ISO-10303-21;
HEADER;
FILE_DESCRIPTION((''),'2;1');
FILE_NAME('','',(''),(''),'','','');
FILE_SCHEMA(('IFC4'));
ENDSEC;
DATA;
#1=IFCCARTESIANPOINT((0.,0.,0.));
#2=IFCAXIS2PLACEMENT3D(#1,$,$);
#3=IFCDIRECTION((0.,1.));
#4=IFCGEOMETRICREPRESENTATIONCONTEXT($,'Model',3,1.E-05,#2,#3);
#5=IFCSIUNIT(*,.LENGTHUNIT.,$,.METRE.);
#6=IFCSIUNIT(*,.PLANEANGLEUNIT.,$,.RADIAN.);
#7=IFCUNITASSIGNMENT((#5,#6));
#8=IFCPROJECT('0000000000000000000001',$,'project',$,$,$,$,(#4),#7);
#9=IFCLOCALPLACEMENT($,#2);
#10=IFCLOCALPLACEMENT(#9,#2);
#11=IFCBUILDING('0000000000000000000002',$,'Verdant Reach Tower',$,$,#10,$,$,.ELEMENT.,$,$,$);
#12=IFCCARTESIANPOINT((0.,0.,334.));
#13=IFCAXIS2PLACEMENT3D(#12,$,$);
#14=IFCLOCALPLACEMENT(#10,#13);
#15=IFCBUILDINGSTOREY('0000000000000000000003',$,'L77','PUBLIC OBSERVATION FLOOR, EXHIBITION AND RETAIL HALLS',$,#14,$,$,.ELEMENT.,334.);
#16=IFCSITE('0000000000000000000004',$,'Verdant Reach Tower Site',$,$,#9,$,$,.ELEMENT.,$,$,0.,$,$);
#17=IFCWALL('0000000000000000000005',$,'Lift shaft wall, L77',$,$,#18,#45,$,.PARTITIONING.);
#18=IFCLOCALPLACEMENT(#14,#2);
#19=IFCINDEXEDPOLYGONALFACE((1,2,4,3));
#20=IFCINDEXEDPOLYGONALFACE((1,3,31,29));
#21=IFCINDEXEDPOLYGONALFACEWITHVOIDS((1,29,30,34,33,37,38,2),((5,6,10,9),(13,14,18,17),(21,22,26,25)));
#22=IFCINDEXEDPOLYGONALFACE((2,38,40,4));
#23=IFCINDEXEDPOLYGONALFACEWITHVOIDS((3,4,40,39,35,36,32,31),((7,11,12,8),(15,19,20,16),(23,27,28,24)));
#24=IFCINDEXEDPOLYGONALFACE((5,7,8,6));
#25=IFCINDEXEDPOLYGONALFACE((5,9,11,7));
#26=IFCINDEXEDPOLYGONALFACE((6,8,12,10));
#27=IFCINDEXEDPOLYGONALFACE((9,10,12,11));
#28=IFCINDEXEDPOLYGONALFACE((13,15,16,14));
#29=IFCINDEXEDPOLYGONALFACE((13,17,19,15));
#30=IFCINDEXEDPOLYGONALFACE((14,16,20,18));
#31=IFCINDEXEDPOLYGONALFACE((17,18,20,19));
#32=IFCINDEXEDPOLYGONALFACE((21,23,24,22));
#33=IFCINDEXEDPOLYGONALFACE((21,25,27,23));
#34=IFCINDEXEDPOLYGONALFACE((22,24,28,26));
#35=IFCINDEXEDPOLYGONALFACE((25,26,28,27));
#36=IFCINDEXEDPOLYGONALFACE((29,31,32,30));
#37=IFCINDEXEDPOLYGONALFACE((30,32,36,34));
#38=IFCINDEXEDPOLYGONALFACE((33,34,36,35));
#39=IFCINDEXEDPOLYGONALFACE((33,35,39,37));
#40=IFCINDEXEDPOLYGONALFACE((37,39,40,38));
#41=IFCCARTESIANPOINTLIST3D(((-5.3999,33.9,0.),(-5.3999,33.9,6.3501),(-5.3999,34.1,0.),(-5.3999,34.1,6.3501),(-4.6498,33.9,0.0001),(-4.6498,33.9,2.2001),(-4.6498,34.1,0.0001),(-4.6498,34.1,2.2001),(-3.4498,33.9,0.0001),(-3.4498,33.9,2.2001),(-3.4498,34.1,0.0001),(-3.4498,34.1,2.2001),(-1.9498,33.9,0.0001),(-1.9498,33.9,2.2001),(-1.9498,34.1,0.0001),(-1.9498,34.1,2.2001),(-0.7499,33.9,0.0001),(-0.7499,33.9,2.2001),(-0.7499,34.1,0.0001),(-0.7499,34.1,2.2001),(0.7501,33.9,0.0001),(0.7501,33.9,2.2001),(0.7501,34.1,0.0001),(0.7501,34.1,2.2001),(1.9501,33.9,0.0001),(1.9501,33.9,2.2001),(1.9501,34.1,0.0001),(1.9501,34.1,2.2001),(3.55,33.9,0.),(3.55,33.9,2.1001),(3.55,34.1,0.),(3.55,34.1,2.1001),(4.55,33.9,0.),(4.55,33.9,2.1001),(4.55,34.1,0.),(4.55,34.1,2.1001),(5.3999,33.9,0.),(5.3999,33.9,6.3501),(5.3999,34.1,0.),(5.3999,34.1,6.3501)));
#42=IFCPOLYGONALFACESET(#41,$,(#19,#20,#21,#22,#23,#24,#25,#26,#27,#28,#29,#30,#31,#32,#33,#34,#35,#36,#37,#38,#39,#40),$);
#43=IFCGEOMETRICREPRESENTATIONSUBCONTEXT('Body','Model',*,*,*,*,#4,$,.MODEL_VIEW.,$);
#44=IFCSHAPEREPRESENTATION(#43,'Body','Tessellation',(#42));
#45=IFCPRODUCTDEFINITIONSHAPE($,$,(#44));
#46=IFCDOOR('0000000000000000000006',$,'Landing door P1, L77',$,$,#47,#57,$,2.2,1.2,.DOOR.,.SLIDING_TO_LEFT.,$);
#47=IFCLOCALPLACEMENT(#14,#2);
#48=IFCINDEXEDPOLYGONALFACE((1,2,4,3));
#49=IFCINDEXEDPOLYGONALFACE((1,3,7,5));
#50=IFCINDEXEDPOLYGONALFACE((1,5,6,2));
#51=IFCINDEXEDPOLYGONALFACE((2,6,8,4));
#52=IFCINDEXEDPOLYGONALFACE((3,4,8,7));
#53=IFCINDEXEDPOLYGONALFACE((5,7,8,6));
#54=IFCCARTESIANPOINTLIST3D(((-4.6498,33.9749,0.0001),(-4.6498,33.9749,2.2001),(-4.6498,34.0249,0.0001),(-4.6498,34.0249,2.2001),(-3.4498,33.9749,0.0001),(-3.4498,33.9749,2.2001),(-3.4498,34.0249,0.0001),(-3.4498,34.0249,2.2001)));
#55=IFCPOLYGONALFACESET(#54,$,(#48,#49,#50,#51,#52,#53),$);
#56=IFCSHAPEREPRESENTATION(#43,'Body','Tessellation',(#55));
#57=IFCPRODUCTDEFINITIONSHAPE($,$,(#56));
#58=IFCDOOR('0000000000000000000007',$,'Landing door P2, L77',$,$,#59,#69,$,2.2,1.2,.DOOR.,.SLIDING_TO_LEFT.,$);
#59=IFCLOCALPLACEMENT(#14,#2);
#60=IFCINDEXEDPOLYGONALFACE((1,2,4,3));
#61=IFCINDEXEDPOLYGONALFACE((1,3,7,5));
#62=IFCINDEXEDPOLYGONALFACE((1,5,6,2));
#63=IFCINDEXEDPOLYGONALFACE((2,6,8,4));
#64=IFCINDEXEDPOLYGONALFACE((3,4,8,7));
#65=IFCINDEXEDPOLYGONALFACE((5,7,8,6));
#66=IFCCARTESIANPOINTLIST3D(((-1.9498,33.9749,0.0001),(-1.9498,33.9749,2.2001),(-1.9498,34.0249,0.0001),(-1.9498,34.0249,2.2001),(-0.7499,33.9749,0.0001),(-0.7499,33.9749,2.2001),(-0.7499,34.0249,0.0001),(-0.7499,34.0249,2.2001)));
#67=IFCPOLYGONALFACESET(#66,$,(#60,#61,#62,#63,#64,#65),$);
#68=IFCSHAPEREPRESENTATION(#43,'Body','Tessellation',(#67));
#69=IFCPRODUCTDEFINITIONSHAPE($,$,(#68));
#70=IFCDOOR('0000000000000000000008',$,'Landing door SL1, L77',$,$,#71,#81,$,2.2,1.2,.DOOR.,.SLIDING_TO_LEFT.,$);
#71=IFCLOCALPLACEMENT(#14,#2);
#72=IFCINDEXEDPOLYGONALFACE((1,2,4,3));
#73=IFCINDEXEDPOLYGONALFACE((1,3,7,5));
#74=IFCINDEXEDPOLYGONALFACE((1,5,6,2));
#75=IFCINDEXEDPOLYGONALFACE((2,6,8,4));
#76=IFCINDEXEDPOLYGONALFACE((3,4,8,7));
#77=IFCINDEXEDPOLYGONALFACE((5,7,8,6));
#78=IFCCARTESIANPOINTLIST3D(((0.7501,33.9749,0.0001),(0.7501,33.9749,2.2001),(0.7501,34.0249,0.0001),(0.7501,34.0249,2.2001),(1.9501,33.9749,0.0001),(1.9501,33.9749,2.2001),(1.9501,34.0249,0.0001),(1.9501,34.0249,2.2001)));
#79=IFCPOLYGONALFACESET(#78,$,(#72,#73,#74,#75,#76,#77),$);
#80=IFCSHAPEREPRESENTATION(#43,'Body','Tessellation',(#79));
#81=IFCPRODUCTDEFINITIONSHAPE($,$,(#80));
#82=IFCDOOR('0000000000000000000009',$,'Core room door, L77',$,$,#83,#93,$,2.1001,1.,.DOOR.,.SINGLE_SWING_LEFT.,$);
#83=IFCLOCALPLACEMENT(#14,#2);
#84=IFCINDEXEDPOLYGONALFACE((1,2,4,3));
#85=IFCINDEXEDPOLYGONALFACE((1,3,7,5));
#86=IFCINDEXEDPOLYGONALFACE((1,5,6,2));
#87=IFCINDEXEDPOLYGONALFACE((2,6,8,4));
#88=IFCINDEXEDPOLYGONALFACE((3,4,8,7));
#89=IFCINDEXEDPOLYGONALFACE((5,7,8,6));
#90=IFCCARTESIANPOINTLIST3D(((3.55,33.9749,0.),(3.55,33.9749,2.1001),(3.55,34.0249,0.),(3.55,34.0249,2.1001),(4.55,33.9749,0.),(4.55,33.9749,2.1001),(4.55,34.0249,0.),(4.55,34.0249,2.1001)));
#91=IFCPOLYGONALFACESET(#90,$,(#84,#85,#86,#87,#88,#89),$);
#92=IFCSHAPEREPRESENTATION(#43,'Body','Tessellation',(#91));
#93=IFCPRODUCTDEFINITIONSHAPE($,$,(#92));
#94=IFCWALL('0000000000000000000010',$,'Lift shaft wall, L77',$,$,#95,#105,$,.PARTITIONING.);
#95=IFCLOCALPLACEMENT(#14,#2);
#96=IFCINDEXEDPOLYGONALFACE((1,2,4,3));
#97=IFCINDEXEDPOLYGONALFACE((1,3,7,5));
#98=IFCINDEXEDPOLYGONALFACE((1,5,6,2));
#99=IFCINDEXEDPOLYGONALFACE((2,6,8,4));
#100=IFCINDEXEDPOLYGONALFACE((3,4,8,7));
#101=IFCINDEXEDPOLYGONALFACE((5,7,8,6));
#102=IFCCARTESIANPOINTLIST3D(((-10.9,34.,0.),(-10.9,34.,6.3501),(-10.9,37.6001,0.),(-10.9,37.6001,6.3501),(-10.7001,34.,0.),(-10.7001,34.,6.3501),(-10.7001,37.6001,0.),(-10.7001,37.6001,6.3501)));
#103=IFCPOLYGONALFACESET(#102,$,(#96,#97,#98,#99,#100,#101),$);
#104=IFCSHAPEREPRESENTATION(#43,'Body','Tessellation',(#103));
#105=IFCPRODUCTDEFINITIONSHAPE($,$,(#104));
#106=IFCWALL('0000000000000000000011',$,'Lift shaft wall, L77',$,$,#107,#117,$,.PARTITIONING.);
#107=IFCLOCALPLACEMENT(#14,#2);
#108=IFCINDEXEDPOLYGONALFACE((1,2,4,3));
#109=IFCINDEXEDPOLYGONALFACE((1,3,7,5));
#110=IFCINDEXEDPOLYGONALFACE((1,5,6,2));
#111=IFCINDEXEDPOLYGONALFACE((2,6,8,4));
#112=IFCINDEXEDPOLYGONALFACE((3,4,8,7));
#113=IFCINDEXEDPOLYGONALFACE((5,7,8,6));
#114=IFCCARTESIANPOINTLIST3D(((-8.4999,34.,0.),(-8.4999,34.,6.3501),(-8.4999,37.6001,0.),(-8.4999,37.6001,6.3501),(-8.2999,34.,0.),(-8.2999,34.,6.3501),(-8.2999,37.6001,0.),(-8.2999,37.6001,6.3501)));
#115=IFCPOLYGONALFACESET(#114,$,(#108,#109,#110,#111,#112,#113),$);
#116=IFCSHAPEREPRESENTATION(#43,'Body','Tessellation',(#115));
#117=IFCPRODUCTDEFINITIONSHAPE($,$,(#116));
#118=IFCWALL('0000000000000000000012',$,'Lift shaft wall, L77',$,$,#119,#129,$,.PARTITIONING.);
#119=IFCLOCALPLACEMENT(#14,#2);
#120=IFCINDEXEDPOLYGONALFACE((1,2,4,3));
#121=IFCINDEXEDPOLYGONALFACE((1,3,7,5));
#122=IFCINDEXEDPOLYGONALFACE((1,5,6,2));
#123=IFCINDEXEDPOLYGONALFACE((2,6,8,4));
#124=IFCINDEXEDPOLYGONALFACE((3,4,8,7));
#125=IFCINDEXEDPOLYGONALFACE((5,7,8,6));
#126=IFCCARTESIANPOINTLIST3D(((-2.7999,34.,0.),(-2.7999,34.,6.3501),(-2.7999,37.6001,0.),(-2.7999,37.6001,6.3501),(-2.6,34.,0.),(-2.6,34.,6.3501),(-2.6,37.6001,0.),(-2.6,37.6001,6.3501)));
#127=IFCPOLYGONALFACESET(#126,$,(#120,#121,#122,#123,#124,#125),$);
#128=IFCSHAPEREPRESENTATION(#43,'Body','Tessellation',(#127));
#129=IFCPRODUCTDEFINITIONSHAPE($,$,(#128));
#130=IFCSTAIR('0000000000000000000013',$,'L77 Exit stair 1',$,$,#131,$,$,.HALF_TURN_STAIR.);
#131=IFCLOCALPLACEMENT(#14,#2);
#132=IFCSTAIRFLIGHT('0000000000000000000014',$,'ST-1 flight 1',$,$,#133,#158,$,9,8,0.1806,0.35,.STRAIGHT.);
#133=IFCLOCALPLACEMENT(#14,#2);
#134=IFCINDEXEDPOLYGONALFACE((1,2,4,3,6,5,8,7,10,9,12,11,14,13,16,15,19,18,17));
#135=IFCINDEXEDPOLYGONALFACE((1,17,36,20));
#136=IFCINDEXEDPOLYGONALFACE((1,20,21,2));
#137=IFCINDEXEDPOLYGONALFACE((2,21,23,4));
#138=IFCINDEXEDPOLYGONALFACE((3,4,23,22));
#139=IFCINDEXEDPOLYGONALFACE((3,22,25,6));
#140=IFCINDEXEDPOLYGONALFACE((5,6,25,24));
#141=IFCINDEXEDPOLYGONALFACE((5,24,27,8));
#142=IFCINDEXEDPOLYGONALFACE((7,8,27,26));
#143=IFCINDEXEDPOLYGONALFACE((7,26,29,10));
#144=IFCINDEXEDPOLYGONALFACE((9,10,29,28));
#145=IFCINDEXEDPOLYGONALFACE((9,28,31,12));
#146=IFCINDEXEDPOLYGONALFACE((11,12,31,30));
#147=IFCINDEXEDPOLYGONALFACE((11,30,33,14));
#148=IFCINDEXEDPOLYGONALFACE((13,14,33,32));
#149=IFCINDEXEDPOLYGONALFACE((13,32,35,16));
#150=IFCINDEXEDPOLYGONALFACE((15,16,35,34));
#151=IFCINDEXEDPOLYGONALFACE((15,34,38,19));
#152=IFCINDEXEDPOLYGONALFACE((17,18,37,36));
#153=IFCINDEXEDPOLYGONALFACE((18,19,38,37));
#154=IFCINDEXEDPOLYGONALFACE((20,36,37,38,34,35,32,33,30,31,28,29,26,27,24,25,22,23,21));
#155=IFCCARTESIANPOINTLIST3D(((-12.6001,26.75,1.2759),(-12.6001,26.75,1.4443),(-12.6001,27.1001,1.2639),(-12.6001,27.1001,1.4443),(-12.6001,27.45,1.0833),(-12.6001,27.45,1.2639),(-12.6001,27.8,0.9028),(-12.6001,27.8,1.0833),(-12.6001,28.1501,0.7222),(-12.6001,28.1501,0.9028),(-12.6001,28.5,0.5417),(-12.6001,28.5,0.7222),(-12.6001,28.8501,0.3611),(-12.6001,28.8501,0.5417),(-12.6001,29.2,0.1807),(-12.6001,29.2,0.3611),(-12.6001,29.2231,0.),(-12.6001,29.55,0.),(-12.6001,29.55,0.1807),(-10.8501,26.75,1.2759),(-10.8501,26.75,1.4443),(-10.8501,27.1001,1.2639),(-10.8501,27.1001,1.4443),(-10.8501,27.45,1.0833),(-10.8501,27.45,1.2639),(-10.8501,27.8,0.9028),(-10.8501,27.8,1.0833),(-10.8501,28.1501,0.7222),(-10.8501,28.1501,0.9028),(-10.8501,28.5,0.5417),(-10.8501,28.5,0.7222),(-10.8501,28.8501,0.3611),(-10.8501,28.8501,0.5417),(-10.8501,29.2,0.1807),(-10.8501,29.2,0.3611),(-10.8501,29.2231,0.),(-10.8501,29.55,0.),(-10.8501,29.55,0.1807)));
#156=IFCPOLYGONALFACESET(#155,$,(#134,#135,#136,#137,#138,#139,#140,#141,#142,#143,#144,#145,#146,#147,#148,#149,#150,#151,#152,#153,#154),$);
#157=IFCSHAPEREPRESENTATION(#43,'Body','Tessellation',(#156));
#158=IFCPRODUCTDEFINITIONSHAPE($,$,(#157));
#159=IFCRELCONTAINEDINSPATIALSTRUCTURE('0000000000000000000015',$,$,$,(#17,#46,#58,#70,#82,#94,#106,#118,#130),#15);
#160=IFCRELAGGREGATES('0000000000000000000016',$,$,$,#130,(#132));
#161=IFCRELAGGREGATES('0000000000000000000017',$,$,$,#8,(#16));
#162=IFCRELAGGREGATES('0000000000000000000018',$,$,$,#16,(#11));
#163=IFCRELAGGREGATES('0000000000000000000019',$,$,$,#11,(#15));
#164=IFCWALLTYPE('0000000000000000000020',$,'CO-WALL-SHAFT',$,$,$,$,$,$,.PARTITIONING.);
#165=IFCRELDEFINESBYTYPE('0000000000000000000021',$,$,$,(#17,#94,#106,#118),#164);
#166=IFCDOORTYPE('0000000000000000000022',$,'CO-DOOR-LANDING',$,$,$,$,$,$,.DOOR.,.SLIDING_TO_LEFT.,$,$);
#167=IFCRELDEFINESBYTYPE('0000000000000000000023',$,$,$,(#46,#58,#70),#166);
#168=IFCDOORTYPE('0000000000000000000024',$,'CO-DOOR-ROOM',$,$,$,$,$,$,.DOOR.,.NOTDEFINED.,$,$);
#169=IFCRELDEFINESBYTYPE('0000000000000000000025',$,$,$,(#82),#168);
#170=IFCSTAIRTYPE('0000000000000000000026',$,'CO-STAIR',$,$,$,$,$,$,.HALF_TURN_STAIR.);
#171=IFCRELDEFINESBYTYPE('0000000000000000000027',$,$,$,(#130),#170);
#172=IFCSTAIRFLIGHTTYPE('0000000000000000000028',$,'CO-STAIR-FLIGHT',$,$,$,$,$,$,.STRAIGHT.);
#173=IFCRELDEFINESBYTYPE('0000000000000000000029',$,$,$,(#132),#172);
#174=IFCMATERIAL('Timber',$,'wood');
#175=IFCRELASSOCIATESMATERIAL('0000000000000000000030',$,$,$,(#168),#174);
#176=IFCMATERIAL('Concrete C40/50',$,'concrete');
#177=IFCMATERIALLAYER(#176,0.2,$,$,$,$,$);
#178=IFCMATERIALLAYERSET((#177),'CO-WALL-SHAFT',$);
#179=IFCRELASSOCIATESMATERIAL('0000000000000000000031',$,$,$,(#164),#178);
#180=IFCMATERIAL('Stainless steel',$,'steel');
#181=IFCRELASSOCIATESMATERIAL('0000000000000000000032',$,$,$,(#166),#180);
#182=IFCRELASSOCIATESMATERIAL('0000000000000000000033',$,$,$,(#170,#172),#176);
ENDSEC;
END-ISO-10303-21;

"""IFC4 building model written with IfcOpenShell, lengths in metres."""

from ifc_helpers import new_model, si_unit, direction, frame, frame_2d, origin, place, context, subcontext, project, spatial, polyline, rectangle, outline, extrude, material, layer, layer_set, type_object, element, fill, aggregate, save


model = new_model("IFC4")

# Units and contexts
model_context = context("Model", 3, precision=1e-05, world=origin(), true_north=direction((0.0, 1.0)))
body_context = subcontext(model_context, "Body", "Model", "MODEL_VIEW")
ifc_project = project(units=[si_unit("LENGTHUNIT", "METRE"), si_unit("PLANEANGLEUNIT", "RADIAN")], contexts=[model_context])

# Site, building, storey
site_placement = place(None, origin())
site = spatial("IfcSite", under=ifc_project, at=site_placement, Name="Verdant Reach Tower Site", CompositionType="ELEMENT", RefElevation=0.0)
building_placement = place(site_placement, origin())
building = spatial("IfcBuilding", under=site, at=building_placement, Name="Verdant Reach Tower", CompositionType="ELEMENT")
storey_placement = place(building_placement, frame((0.0, 0.0, 334.0)))
storey = spatial("IfcBuildingStorey", under=building, at=storey_placement, Name="L77", Description="PUBLIC OBSERVATION FLOOR, EXHIBITION AND RETAIL HALLS", CompositionType="ELEMENT", Elevation=334.0)

# Wall, openings, doors
ifc_material_1 = material(Name="Timber", Category="wood")
door_type_1 = type_object("IfcDoorType", Name="CO-DOOR-ROOM", OperationType="NOTDEFINED", PredefinedType="DOOR", material=ifc_material_1)
ifc_material_2 = material(Name="Concrete C40/50", Category="concrete")
ifc_layer_1 = layer(ifc_material_2, 0.2)
ifc_layer_set_1 = layer_set([ifc_layer_1], Name="CO-WALL-SHAFT")
wall_type_1 = type_object("IfcWallType", Name="CO-WALL-SHAFT", PredefinedType="PARTITIONING", material=ifc_layer_set_1)
ifc_material_3 = material(Name="Stainless steel", Category="steel")
wall_1_placement = place(storey_placement, frame((-5.3999, 34.0, 0.0), z_axis=(0.0, 0.0, 1.0), x_axis=(1.0, 0.0, 0.0)))
wall_1 = element("IfcWall", 1, at=wall_1_placement, inside=storey, type_object=wall_type_1, Name="Lift shaft wall, L77", PredefinedType="PARTITIONING", context=body_context, shape_type="SweptSolid", body=[
    extrude(rectangle(XDim=10.7998, YDim=0.2, at=frame_2d((5.3999, 0.0))), origin(), (0.0, 0.0, 1.0), 6.3501),
])
opening_1_placement = place(wall_1_placement, frame((0.75, 0.0, 0.0)))
opening_1 = element("IfcOpeningElement", 2, at=opening_1_placement, cuts=wall_1, PredefinedType="OPENING", context=body_context, shape_type="SweptSolid", body=[
    extrude(rectangle(XDim=1.2, YDim=2.2, at=frame_2d((0.6001, 1.1001))), frame((0.0, 0.1099, 0.0), z_axis=(0.0, -1.0, 0.0), x_axis=(1.0, 0.0, 0.0)), (0.0, 0.0, 1.0), 0.22),
])
opening_2_placement = place(wall_1_placement, frame((3.45, 0.0, 0.0)))
opening_2 = element("IfcOpeningElement", 3, at=opening_2_placement, cuts=wall_1, PredefinedType="OPENING", context=body_context, shape_type="SweptSolid", body=[
    extrude(rectangle(XDim=1.2, YDim=2.2, at=frame_2d((0.6001, 1.1001))), frame((0.0, 0.1099, 0.0), z_axis=(0.0, -1.0, 0.0), x_axis=(1.0, 0.0, 0.0)), (0.0, 0.0, 1.0), 0.22),
])
opening_3_placement = place(wall_1_placement, frame((6.1499, 0.0, 0.0)))
opening_3 = element("IfcOpeningElement", 4, at=opening_3_placement, cuts=wall_1, PredefinedType="OPENING", context=body_context, shape_type="SweptSolid", body=[
    extrude(rectangle(XDim=1.2, YDim=2.2, at=frame_2d((0.6001, 1.1001))), frame((0.0, 0.1099, 0.0), z_axis=(0.0, -1.0, 0.0), x_axis=(1.0, 0.0, 0.0)), (0.0, 0.0, 1.0), 0.22),
])
opening_4_placement = place(wall_1_placement, frame((8.95, 0.0, 0.0)))
opening_4 = element("IfcOpeningElement", 5, at=opening_4_placement, cuts=wall_1, PredefinedType="OPENING", context=body_context, shape_type="SweptSolid", body=[
    extrude(rectangle(XDim=1.0, YDim=2.1001, at=frame_2d((0.5, 1.05))), frame((0.0, 0.1099, 0.0), z_axis=(0.0, -1.0, 0.0), x_axis=(1.0, 0.0, 0.0)), (0.0, 0.0, 1.0), 0.22),
])
door_type_2 = type_object("IfcDoorType", Name="CO-DOOR-LANDING", OperationType="SLIDING_TO_LEFT", PredefinedType="DOOR", material=ifc_material_3)
door_1_placement = place(opening_1_placement, origin())
door_1 = element("IfcDoor", 6, at=door_1_placement, inside=storey, type_object=door_type_2, Name="Landing door P1, L77", OperationType="SLIDING_TO_LEFT", OverallHeight=2.2, OverallWidth=1.2, PredefinedType="DOOR", context=body_context, shape_type="SweptSolid", body=[
    extrude(rectangle(XDim=1.2, YDim=2.2, at=frame_2d((0.6001, 1.1001))), frame((0.0, 0.0249, 0.0), z_axis=(0.0, -1.0, 0.0), x_axis=(1.0, 0.0, 0.0)), (0.0, 0.0, 1.0), 0.05),
])
fill(opening_1, door_1)
door_2_placement = place(opening_2_placement, origin())
door_2 = element("IfcDoor", 7, at=door_2_placement, inside=storey, type_object=door_type_2, Name="Landing door P2, L77", OperationType="SLIDING_TO_LEFT", OverallHeight=2.2, OverallWidth=1.2, PredefinedType="DOOR", context=body_context, shape_type="SweptSolid", body=[
    extrude(rectangle(XDim=1.2, YDim=2.2, at=frame_2d((0.6001, 1.1001))), frame((0.0, 0.0249, 0.0), z_axis=(0.0, -1.0, 0.0), x_axis=(1.0, 0.0, 0.0)), (0.0, 0.0, 1.0), 0.05),
])
fill(opening_2, door_2)
door_3_placement = place(opening_3_placement, origin())
door_3 = element("IfcDoor", 8, at=door_3_placement, inside=storey, type_object=door_type_2, Name="Landing door SL1, L77", OperationType="SLIDING_TO_LEFT", OverallHeight=2.2, OverallWidth=1.2, PredefinedType="DOOR", context=body_context, shape_type="SweptSolid", body=[
    extrude(rectangle(XDim=1.2, YDim=2.2, at=frame_2d((0.6001, 1.1001))), frame((0.0, 0.0249, 0.0), z_axis=(0.0, -1.0, 0.0), x_axis=(1.0, 0.0, 0.0)), (0.0, 0.0, 1.0), 0.05),
])
fill(opening_3, door_3)
door_4_placement = place(opening_4_placement, origin())
door_4 = element("IfcDoor", 9, at=door_4_placement, inside=storey, type_object=door_type_1, Name="Core room door, L77", OperationType="SINGLE_SWING_LEFT", OverallHeight=2.1001, OverallWidth=1.0, PredefinedType="DOOR", context=body_context, shape_type="SweptSolid", body=[
    extrude(rectangle(XDim=1.0, YDim=2.1001, at=frame_2d((0.5, 1.05))), frame((0.0, 0.0249, 0.0), z_axis=(0.0, -1.0, 0.0), x_axis=(1.0, 0.0, 0.0)), (0.0, 0.0, 1.0), 0.05),
])
fill(opening_4, door_4)

# Walls
for number, where, z_axis, x_axis, name in (
    (10, (-10.8, 34.0, 0.0), (0.0, 0.0, 1.0), (0.0, 1.0, 0.0), "Lift shaft wall, L77"),
    (11, (-8.3999, 34.0, 0.0), (0.0, 0.0, 1.0), (0.0, 1.0, 0.0), "Lift shaft wall, L77"),
    (12, (-2.7, 34.0, 0.0), (0.0, 0.0, 1.0), (0.0, 1.0, 0.0), "Lift shaft wall, L77"),
):
    element("IfcWall", number, at=place(storey_placement, frame(where, z_axis=z_axis, x_axis=x_axis)), inside=storey, type_object=wall_type_1, Name=name, PredefinedType="PARTITIONING", context=body_context, shape_type="SweptSolid", body=[
        extrude(rectangle(XDim=3.6001, YDim=0.2, at=frame_2d((1.8, 0.0))), origin(), (0.0, 0.0, 1.0), 6.3501),
    ])

# Stair, stair flight
stair_type = type_object("IfcStairType", Name="CO-STAIR", PredefinedType="HALF_TURN_STAIR", material=ifc_material_2)
stair_placement = place(storey_placement, origin())
stair = element("IfcStair", 13, at=stair_placement, inside=storey, type_object=stair_type, Name="L77 Exit stair 1", PredefinedType="HALF_TURN_STAIR")
stair_flight_type = type_object("IfcStairFlightType", Name="CO-STAIR-FLIGHT", PredefinedType="STRAIGHT", material=ifc_material_2)
stair_flight_1_placement = place(storey_placement, frame((-11.7251, 29.55, 0.0), z_axis=(0.0, 0.0, 1.0), x_axis=(0.0, -1.0, 0.0)))
stair_flight_1 = element("IfcStairFlight", 14, at=stair_flight_1_placement, type_object=stair_flight_type, Name="ST-1 flight 1", NumberOfRisers=9, NumberOfTreads=8, PredefinedType="STRAIGHT", RiserHeight=0.1806, TreadLength=0.35, context=body_context, shape_type="SweptSolid", body=[
    extrude(outline(polyline([(0.0, 0.0), (0.0, 0.1807), (0.3501, 0.1807), (0.3501, 0.3611), (0.7, 0.3611), (0.7, 0.5417), (1.05, 0.5417), (1.05, 0.7222), (1.3999, 0.7222), (1.3999, 0.9028), (1.75, 0.9028), (1.75, 1.0833), (2.1001, 1.0833), (2.1001, 1.2639), (2.45, 1.2639), (2.45, 1.4443), (2.8, 1.4443), (2.8, 1.625), (2.8, 1.2759), (0.3269, 0.0), (0.0, 0.0)])), frame((0.0, 0.875, 0.0), z_axis=(0.0, -1.0, 0.0), x_axis=(1.0, 0.0, 0.0)), (0.0, 0.0, 1.0), 1.75),
])
aggregate(stair, [stair_flight_1])

save(model, "model.ifc")
